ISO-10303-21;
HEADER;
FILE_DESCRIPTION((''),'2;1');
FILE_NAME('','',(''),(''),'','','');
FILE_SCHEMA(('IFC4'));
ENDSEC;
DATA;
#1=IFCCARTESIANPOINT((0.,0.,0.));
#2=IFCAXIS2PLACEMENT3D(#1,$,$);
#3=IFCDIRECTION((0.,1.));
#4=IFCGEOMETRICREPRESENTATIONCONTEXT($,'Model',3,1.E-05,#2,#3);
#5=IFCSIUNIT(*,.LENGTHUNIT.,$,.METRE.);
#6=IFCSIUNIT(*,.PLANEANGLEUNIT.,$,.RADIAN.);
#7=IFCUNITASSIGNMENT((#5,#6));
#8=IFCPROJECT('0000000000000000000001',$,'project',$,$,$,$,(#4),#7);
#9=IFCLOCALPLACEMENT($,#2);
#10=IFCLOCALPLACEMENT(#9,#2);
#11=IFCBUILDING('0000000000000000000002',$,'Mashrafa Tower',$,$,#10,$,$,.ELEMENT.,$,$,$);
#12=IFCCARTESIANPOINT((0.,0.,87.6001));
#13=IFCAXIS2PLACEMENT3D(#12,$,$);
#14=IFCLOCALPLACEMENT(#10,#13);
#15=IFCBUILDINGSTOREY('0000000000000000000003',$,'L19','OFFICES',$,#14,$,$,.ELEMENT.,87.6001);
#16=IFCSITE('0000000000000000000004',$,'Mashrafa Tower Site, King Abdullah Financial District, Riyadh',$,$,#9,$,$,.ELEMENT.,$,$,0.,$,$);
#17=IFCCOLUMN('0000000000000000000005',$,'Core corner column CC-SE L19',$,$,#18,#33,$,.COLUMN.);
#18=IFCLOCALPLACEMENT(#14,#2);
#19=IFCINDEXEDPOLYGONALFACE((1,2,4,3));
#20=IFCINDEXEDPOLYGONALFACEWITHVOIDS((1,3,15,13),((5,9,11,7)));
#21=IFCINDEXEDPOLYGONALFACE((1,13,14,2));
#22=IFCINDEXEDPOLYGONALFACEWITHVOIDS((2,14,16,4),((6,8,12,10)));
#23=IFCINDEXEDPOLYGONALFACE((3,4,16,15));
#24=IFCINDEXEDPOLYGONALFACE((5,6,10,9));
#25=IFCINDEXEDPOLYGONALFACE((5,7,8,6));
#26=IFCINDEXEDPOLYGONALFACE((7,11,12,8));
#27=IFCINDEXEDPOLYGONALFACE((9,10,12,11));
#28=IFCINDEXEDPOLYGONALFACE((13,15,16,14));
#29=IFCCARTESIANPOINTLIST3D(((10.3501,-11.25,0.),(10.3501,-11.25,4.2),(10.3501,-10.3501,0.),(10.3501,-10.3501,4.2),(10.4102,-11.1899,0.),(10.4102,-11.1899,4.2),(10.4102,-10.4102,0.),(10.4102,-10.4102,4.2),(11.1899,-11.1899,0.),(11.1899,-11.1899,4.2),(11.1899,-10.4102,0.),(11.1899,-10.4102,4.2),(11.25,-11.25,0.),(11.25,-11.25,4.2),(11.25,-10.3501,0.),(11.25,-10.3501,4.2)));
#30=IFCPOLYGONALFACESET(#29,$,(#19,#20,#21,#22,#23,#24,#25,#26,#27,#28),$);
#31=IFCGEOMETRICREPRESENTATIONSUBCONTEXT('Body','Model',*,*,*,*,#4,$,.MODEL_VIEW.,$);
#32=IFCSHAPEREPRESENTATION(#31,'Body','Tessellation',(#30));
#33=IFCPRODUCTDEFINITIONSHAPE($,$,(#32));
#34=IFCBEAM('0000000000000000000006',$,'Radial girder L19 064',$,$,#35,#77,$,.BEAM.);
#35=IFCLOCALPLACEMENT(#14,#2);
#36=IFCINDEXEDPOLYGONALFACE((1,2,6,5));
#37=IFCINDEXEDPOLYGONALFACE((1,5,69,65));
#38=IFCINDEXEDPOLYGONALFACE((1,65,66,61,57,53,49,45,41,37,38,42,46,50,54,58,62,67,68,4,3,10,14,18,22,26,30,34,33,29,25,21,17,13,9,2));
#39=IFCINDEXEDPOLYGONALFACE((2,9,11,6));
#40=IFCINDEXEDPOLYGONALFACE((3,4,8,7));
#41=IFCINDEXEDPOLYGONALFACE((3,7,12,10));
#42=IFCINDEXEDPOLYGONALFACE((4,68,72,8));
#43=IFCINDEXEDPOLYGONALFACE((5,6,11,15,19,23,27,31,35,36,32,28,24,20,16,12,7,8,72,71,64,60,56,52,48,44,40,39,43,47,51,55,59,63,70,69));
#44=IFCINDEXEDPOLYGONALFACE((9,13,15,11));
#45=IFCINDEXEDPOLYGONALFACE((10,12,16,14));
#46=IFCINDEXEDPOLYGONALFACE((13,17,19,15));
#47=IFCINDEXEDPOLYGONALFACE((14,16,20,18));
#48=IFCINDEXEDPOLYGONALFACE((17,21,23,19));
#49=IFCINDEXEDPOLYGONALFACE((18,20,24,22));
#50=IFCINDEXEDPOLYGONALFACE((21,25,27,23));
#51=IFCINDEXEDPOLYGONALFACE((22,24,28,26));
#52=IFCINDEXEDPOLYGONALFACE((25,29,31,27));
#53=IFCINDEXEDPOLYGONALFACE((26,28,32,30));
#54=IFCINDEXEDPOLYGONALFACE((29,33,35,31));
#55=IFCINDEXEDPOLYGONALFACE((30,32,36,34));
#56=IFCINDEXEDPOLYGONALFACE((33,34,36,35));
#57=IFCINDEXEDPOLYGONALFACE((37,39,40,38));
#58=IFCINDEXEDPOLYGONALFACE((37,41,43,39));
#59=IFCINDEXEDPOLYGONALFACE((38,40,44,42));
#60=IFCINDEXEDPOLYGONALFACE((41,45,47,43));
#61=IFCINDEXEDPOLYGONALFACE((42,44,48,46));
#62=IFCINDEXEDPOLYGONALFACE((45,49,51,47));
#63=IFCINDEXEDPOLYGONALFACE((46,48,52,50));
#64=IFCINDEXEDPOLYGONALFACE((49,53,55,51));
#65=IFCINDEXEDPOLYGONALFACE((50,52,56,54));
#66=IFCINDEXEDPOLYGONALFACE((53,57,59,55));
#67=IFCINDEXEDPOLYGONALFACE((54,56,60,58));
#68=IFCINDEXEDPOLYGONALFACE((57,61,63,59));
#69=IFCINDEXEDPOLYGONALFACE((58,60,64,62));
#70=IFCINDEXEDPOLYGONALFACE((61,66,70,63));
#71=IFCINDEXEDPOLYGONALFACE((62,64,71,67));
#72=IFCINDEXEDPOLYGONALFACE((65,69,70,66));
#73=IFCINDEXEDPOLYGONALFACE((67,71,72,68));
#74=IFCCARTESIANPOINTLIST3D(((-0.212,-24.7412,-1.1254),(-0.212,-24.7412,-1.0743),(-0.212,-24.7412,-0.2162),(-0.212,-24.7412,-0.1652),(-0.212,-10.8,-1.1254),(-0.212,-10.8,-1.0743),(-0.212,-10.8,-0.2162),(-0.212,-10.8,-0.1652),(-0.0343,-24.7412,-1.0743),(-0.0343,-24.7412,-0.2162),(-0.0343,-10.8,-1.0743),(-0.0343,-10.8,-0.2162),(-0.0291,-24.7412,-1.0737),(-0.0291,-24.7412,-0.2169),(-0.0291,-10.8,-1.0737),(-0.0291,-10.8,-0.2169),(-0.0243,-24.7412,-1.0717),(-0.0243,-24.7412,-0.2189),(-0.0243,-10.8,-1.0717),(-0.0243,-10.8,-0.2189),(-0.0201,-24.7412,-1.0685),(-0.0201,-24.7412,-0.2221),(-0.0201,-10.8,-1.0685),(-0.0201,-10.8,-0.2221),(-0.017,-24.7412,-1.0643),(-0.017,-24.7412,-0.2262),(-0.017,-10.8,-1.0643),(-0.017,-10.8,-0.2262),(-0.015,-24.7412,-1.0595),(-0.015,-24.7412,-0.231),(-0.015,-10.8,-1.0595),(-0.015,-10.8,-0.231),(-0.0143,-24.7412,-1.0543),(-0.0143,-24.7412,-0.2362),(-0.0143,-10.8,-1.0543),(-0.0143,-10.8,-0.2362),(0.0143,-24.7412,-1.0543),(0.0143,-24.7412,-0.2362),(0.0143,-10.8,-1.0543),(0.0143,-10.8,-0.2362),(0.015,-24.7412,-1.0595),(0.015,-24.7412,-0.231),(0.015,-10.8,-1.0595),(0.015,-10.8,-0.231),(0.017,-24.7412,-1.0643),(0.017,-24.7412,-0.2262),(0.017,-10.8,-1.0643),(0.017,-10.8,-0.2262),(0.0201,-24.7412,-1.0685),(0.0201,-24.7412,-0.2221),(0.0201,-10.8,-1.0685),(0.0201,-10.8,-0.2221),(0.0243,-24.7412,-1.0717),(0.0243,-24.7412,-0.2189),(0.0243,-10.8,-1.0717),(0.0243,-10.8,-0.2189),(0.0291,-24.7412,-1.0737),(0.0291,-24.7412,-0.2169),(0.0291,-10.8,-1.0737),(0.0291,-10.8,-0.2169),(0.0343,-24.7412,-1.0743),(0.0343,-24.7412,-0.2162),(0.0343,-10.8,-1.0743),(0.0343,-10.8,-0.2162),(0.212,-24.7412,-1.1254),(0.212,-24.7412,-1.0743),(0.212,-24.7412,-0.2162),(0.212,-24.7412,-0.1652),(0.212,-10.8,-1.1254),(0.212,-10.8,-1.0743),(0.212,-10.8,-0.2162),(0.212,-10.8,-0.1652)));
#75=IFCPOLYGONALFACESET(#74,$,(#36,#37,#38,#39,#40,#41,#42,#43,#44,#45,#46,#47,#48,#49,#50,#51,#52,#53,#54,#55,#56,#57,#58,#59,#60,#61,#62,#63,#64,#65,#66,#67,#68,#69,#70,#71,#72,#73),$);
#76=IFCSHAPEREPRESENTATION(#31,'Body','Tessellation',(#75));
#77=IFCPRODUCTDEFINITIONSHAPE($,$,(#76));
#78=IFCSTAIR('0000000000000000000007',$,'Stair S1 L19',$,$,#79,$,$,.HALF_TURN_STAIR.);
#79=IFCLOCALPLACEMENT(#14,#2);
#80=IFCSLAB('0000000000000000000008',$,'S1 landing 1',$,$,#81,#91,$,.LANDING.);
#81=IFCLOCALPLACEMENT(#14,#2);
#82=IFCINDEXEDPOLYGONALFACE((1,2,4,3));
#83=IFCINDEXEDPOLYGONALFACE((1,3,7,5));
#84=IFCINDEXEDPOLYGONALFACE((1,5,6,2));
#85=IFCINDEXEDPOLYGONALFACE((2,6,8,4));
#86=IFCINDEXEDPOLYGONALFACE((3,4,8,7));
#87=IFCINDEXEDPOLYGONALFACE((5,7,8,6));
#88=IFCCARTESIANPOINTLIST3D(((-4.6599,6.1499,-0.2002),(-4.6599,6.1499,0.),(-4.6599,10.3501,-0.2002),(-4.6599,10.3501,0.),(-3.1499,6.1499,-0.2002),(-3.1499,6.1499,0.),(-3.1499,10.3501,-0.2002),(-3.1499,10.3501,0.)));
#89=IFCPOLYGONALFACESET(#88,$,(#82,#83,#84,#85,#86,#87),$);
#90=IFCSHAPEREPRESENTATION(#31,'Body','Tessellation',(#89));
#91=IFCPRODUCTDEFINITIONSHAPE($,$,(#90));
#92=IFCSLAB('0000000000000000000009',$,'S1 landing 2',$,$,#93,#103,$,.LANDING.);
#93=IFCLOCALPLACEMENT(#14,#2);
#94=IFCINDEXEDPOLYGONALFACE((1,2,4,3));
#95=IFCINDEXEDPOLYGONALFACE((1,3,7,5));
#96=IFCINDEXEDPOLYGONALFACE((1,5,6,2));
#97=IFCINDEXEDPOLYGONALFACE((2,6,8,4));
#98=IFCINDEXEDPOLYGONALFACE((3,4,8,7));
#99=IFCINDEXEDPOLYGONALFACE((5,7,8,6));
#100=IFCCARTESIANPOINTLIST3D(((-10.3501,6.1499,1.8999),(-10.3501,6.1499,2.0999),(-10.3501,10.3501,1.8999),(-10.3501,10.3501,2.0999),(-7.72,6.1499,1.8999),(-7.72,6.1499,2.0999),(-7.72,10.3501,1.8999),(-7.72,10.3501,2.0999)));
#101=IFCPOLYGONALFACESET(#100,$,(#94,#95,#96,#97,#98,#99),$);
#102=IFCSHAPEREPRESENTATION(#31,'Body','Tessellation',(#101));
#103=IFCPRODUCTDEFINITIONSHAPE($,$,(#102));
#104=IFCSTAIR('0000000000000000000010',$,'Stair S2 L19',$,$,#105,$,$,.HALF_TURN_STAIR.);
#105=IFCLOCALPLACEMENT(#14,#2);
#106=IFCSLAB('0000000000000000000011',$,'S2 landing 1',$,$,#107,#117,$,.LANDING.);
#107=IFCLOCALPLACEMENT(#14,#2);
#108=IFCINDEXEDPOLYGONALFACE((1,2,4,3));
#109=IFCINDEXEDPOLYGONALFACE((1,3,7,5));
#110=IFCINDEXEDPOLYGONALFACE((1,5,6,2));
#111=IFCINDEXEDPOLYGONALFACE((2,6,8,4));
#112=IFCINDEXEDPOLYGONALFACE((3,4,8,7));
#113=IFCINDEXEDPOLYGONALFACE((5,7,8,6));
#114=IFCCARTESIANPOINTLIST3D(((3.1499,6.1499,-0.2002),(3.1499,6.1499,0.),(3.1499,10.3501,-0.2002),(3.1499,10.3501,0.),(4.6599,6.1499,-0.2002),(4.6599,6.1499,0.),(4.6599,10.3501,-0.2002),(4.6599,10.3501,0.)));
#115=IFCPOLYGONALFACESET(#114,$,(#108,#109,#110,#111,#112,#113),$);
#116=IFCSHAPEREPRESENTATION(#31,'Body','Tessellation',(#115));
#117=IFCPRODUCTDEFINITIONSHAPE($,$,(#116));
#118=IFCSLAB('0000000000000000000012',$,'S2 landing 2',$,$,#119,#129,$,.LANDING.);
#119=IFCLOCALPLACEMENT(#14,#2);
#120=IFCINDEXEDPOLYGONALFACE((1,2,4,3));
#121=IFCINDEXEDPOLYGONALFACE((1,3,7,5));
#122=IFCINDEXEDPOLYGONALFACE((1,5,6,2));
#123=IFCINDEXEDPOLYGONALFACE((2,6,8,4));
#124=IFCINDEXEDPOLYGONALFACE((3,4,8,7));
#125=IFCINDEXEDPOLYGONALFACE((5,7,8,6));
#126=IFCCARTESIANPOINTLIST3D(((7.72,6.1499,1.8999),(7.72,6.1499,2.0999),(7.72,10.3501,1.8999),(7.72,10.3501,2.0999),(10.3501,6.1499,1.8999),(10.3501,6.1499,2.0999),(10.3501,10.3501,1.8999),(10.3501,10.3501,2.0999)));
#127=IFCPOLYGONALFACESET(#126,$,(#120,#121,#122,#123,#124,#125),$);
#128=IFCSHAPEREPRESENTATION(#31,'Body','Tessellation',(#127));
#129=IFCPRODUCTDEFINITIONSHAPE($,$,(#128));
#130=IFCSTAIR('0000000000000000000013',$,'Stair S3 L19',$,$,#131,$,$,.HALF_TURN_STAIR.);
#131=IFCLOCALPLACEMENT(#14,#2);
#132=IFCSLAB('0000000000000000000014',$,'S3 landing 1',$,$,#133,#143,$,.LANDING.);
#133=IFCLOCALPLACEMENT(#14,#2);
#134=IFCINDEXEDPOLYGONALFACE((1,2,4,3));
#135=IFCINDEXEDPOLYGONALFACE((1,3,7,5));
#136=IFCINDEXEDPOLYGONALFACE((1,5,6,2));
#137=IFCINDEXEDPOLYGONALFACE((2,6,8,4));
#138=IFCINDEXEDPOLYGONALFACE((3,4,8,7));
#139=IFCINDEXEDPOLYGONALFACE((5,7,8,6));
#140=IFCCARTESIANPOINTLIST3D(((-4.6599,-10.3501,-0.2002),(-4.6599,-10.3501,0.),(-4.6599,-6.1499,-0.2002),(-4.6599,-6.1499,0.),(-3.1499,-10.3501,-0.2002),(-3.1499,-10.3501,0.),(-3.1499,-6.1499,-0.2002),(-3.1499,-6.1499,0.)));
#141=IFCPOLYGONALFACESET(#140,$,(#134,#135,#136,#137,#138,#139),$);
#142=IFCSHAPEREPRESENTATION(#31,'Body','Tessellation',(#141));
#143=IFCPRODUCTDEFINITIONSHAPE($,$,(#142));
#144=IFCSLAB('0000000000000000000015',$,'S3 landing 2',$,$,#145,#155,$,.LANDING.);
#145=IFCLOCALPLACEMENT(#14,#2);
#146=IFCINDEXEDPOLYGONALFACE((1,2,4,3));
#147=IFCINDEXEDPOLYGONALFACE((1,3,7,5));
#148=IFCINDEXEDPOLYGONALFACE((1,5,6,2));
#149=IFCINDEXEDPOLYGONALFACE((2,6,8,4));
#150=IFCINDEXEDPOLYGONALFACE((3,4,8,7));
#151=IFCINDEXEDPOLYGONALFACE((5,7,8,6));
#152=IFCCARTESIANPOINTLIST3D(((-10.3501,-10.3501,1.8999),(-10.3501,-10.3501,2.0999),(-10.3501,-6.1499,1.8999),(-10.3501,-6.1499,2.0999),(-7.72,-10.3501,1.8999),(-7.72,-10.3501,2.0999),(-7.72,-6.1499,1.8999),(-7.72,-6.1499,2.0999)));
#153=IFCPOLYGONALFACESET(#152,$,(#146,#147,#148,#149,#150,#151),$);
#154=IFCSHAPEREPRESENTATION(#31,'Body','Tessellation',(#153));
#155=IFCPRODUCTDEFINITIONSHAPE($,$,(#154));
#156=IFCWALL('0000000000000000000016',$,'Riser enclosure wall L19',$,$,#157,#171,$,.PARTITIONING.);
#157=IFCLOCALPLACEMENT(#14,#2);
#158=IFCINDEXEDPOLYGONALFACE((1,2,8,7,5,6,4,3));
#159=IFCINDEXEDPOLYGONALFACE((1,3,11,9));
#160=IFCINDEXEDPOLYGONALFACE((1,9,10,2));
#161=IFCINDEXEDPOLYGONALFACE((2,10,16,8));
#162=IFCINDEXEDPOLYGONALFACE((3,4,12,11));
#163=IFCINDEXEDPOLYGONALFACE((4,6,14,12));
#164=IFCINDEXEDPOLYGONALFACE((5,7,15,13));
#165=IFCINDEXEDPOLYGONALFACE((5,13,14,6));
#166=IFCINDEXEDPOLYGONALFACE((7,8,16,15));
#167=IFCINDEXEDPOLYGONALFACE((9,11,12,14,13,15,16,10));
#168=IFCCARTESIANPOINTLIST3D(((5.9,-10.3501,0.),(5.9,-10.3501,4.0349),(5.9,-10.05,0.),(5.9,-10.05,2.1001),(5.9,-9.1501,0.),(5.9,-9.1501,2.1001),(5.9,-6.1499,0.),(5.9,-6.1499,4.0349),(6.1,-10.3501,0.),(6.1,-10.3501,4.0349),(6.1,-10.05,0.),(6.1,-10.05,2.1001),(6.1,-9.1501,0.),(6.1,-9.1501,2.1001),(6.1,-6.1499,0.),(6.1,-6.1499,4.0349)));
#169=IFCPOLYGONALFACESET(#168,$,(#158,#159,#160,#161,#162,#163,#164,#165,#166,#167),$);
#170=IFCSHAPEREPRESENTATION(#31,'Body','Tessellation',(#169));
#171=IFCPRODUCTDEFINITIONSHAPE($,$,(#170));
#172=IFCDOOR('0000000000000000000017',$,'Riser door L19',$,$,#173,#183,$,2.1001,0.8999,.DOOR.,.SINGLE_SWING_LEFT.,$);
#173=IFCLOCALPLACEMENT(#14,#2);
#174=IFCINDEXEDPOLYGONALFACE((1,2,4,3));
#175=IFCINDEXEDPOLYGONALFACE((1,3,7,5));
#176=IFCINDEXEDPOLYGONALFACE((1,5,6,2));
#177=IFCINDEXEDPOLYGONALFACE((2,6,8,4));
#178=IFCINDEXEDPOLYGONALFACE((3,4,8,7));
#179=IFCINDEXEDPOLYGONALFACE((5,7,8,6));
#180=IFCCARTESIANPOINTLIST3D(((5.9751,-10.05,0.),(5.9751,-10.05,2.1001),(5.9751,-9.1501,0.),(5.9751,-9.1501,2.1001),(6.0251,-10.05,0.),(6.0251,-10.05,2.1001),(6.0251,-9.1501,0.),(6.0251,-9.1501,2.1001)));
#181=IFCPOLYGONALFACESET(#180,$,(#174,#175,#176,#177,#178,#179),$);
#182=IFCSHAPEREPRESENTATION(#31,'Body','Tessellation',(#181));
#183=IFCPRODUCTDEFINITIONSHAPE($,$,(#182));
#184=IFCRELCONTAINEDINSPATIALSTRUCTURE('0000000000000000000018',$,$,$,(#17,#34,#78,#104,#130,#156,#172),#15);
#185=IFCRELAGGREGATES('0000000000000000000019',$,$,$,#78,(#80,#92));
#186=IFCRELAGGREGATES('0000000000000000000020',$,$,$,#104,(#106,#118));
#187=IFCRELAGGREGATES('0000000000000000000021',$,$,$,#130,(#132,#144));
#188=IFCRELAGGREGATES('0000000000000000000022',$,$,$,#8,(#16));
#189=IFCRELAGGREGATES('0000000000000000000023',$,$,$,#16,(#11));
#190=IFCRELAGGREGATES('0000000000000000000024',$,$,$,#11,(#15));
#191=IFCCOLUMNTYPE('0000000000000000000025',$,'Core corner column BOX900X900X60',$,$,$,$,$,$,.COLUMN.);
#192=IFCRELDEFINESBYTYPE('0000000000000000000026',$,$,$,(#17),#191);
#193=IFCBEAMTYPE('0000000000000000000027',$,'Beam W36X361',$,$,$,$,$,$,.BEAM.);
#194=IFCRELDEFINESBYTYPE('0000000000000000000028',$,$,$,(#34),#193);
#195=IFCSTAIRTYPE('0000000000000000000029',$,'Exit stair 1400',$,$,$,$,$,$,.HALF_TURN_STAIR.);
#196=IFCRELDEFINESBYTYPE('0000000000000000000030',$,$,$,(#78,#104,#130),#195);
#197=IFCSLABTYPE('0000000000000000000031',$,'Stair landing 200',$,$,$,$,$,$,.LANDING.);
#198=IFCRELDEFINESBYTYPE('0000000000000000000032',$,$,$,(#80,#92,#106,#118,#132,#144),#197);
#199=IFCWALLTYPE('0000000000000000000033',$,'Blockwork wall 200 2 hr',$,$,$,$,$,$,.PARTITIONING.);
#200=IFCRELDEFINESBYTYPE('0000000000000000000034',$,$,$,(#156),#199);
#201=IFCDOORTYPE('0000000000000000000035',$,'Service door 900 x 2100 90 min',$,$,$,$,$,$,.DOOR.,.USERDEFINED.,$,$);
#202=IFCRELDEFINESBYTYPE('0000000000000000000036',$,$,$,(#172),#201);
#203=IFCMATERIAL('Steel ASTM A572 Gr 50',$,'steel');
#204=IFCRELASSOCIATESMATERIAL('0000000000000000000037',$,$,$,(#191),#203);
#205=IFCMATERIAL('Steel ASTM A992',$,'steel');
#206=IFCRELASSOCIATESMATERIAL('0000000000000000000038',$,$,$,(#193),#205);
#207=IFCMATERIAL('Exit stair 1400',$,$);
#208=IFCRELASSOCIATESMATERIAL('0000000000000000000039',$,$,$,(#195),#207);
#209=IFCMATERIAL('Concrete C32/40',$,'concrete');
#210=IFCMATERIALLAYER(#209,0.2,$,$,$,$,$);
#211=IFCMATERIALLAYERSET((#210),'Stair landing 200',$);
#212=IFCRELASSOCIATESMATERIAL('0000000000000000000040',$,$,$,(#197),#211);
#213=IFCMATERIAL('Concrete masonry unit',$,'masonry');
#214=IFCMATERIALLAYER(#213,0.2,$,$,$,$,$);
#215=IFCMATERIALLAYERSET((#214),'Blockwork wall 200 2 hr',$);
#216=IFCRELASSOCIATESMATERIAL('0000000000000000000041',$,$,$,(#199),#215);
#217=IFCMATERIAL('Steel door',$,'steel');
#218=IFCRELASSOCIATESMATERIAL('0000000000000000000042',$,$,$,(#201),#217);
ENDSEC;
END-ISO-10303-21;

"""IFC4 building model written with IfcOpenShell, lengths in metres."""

from ifc_helpers import new_model, si_unit, direction, frame, frame_2d, origin, origin_2d, place, context, subcontext, project, spatial, polyline, rectangle, hollow_rectangle, i_section, outline, extrude, material, layer, layer_set, material_profile, profile_set, type_object, element, fill, aggregate, save


model = new_model("IFC4")

# Units and contexts
model_context = context("Model", 3, precision=1e-05, world=origin(), true_north=direction((0.0, 1.0)))
body_context = subcontext(model_context, "Body", "Model", "MODEL_VIEW")
ifc_project = project(units=[si_unit("LENGTHUNIT", "METRE"), si_unit("PLANEANGLEUNIT", "RADIAN")], contexts=[model_context])

# Site, building, storey
site_placement = place(None, origin())
site = spatial("IfcSite", under=ifc_project, at=site_placement, Name="Mashrafa Tower Site, King Abdullah Financial District, Riyadh", CompositionType="ELEMENT", RefElevation=0.0)
building_placement = place(site_placement, origin())
building = spatial("IfcBuilding", under=site, at=building_placement, Name="Mashrafa Tower", CompositionType="ELEMENT")
storey_placement = place(building_placement, frame((0.0, 0.0, 87.6001)))
storey = spatial("IfcBuildingStorey", under=building, at=storey_placement, Name="L19", Description="OFFICES", CompositionType="ELEMENT", Elevation=87.6001)

# Column
ifc_material_1 = material(Name="Steel ASTM A572 Gr 50", Category="steel")
ifc_material_profile_1 = material_profile(ifc_material_1, hollow_rectangle(XDim=0.8999, YDim=0.8999, WallThickness=0.0601, at=origin_2d()), Name="BOX900X900X60")
ifc_profile_set_1 = profile_set([ifc_material_profile_1], Name="Steel ASTM A572 Gr 50")
column_type = type_object("IfcColumnType", Name="Core corner column BOX900X900X60", PredefinedType="COLUMN", material=ifc_profile_set_1)
column_placement = place(storey_placement, frame((10.8, -10.8, 0.0), z_axis=(0.0, 0.0, 1.0), x_axis=(1.0, 0.0, 0.0)))
element("IfcColumn", 1, at=column_placement, inside=storey, type_object=column_type, Name="Core corner column CC-SE L19", PredefinedType="COLUMN", context=body_context, shape_type="SweptSolid", body=[
    extrude(hollow_rectangle(XDim=0.8999, YDim=0.8999, WallThickness=0.0601, at=origin_2d()), origin(), (0.0, 0.0, 1.0), 4.2),
])

# Beam
ifc_material_2 = material(Name="Steel ASTM A992", Category="steel")
ifc_material_profile_2 = material_profile(ifc_material_2, i_section(OverallWidth=0.4241, OverallDepth=0.9602, WebThickness=0.0286, FlangeThickness=0.051, FilletRadius=0.02, at=origin_2d()), Name="W36X361")
ifc_profile_set_2 = profile_set([ifc_material_profile_2], Name="Steel ASTM A992")
beam_type = type_object("IfcBeamType", Name="Beam W36X361", PredefinedType="BEAM", material=ifc_profile_set_2)
beam_placement = place(storey_placement, frame((0.0, -10.8, -0.6453), z_axis=(0.0, -1.0, 0.0), x_axis=(1.0, 0.0, 0.0)))
element("IfcBeam", 2, at=beam_placement, inside=storey, type_object=beam_type, Name="Radial girder L19 064", PredefinedType="BEAM", context=body_context, shape_type="SweptSolid", body=[
    extrude(i_section(OverallWidth=0.4241, OverallDepth=0.9602, WebThickness=0.0286, FlangeThickness=0.051, FilletRadius=0.02, at=origin_2d()), origin(), (0.0, 0.0, 1.0), 13.9412),
])

# Stairs, slabs
ifc_material_3 = material(Name="Exit stair 1400")
stair_type = type_object("IfcStairType", Name="Exit stair 1400", PredefinedType="HALF_TURN_STAIR", material=ifc_material_3)
stair_1_placement = place(storey_placement, origin())
stair_1 = element("IfcStair", 3, at=stair_1_placement, inside=storey, type_object=stair_type, Name="Stair S1 L19", PredefinedType="HALF_TURN_STAIR")
ifc_material_4 = material(Name="Concrete C32/40", Category="concrete")
ifc_layer_1 = layer(ifc_material_4, 0.2)
ifc_layer_set_1 = layer_set([ifc_layer_1], Name="Stair landing 200")
slab_type = type_object("IfcSlabType", Name="Stair landing 200", PredefinedType="LANDING", material=ifc_layer_set_1)
slab_1_placement = place(storey_placement, frame((0.0, 0.0, -0.2002)))
slab_1 = element("IfcSlab", 4, at=slab_1_placement, type_object=slab_type, Name="S1 landing 1", PredefinedType="LANDING", context=body_context, shape_type="SweptSolid", body=[
    extrude(outline(polyline([(-4.6599, 6.1499), (-3.1499, 6.1499), (-3.1499, 10.3501), (-4.6599, 10.3501), (-4.6599, 6.1499)])), origin(), (0.0, 0.0, 1.0), 0.2002),
])
slab_2_placement = place(storey_placement, frame((0.0, 0.0, 1.8999)))
slab_2 = element("IfcSlab", 5, at=slab_2_placement, type_object=slab_type, Name="S1 landing 2", PredefinedType="LANDING", context=body_context, shape_type="SweptSolid", body=[
    extrude(outline(polyline([(-10.3501, 6.1499), (-7.72, 6.1499), (-7.72, 10.3501), (-10.3501, 10.3501), (-10.3501, 6.1499)])), origin(), (0.0, 0.0, 1.0), 0.2),
])
aggregate(stair_1, [slab_1, slab_2])
stair_2_placement = place(storey_placement, origin())
stair_2 = element("IfcStair", 6, at=stair_2_placement, inside=storey, type_object=stair_type, Name="Stair S2 L19", PredefinedType="HALF_TURN_STAIR")
slab_3_placement = place(storey_placement, frame((0.0, 0.0, -0.2002)))
slab_3 = element("IfcSlab", 7, at=slab_3_placement, type_object=slab_type, Name="S2 landing 1", PredefinedType="LANDING", context=body_context, shape_type="SweptSolid", body=[
    extrude(outline(polyline([(3.1499, 6.1499), (4.6599, 6.1499), (4.6599, 10.3501), (3.1499, 10.3501), (3.1499, 6.1499)])), origin(), (0.0, 0.0, 1.0), 0.2002),
])
slab_4_placement = place(storey_placement, frame((0.0, 0.0, 1.8999)))
slab_4 = element("IfcSlab", 8, at=slab_4_placement, type_object=slab_type, Name="S2 landing 2", PredefinedType="LANDING", context=body_context, shape_type="SweptSolid", body=[
    extrude(outline(polyline([(7.72, 6.1499), (10.3501, 6.1499), (10.3501, 10.3501), (7.72, 10.3501), (7.72, 6.1499)])), origin(), (0.0, 0.0, 1.0), 0.2),
])
aggregate(stair_2, [slab_3, slab_4])
stair_3_placement = place(storey_placement, origin())
stair_3 = element("IfcStair", 9, at=stair_3_placement, inside=storey, type_object=stair_type, Name="Stair S3 L19", PredefinedType="HALF_TURN_STAIR")
slab_5_placement = place(storey_placement, frame((0.0, 0.0, -0.2002)))
slab_5 = element("IfcSlab", 10, at=slab_5_placement, type_object=slab_type, Name="S3 landing 1", PredefinedType="LANDING", context=body_context, shape_type="SweptSolid", body=[
    extrude(outline(polyline([(-4.6599, -10.3501), (-3.1499, -10.3501), (-3.1499, -6.1499), (-4.6599, -6.1499), (-4.6599, -10.3501)])), origin(), (0.0, 0.0, 1.0), 0.2002),
])
slab_6_placement = place(storey_placement, frame((0.0, 0.0, 1.8999)))
slab_6 = element("IfcSlab", 11, at=slab_6_placement, type_object=slab_type, Name="S3 landing 2", PredefinedType="LANDING", context=body_context, shape_type="SweptSolid", body=[
    extrude(outline(polyline([(-10.3501, -10.3501), (-7.72, -10.3501), (-7.72, -6.1499), (-10.3501, -6.1499), (-10.3501, -10.3501)])), origin(), (0.0, 0.0, 1.0), 0.2),
])
aggregate(stair_3, [slab_5, slab_6])

# Wall, opening, door
ifc_material_5 = material(Name="Concrete masonry unit", Category="masonry")
ifc_layer_2 = layer(ifc_material_5, 0.2)
ifc_layer_set_2 = layer_set([ifc_layer_2], Name="Blockwork wall 200 2 hr")
wall_type_1 = type_object("IfcWallType", Name="Blockwork wall 200 2 hr", PredefinedType="PARTITIONING", material=ifc_layer_set_2)
wall_1_placement = place(storey_placement, frame((6.0, -10.3501, 0.0), z_axis=(0.0, 0.0, 1.0), x_axis=(0.0, 1.0, 0.0)))
wall_1 = element("IfcWall", 12, at=wall_1_placement, inside=storey, type_object=wall_type_1, Name="Riser enclosure wall L19", PredefinedType="PARTITIONING", context=body_context, shape_type="SweptSolid", body=[
    extrude(rectangle(XDim=4.2002, YDim=0.2, at=frame_2d((2.1001, 0.0))), origin(), (0.0, 0.0, 1.0), 4.0349),
])
opening_1_placement = place(wall_1_placement, frame((0.3, 0.0, 0.0)))
opening_1 = element("IfcOpeningElement", 13, at=opening_1_placement, cuts=wall_1, PredefinedType="OPENING", context=body_context, shape_type="SweptSolid", body=[
    extrude(rectangle(XDim=0.8999, YDim=2.1001, at=frame_2d((0.45, 1.05))), frame((0.0, 0.1099, 0.0), z_axis=(0.0, -1.0, 0.0), x_axis=(1.0, 0.0, 0.0)), (0.0, 0.0, 1.0), 0.22),
])
ifc_material_6 = material(Name="Steel door", Category="steel")
door_type_1 = type_object("IfcDoorType", Name="Service door 900 x 2100 90 min", OperationType="USERDEFINED", PredefinedType="DOOR", material=ifc_material_6)
door_1_placement = place(opening_1_placement, origin())
door_1 = element("IfcDoor", 14, at=door_1_placement, inside=storey, type_object=door_type_1, Name="Riser door L19", OperationType="SINGLE_SWING_LEFT", OverallHeight=2.1001, OverallWidth=0.8999, PredefinedType="DOOR", context=body_context, shape_type="SweptSolid", body=[
    extrude(rectangle(XDim=0.8999, YDim=2.1001, at=frame_2d((0.45, 1.05))), frame((0.0, 0.0249, 0.0), z_axis=(0.0, -1.0, 0.0), x_axis=(1.0, 0.0, 0.0)), (0.0, 0.0, 1.0), 0.05),
])
fill(opening_1, door_1)

save(model, "model.ifc")
